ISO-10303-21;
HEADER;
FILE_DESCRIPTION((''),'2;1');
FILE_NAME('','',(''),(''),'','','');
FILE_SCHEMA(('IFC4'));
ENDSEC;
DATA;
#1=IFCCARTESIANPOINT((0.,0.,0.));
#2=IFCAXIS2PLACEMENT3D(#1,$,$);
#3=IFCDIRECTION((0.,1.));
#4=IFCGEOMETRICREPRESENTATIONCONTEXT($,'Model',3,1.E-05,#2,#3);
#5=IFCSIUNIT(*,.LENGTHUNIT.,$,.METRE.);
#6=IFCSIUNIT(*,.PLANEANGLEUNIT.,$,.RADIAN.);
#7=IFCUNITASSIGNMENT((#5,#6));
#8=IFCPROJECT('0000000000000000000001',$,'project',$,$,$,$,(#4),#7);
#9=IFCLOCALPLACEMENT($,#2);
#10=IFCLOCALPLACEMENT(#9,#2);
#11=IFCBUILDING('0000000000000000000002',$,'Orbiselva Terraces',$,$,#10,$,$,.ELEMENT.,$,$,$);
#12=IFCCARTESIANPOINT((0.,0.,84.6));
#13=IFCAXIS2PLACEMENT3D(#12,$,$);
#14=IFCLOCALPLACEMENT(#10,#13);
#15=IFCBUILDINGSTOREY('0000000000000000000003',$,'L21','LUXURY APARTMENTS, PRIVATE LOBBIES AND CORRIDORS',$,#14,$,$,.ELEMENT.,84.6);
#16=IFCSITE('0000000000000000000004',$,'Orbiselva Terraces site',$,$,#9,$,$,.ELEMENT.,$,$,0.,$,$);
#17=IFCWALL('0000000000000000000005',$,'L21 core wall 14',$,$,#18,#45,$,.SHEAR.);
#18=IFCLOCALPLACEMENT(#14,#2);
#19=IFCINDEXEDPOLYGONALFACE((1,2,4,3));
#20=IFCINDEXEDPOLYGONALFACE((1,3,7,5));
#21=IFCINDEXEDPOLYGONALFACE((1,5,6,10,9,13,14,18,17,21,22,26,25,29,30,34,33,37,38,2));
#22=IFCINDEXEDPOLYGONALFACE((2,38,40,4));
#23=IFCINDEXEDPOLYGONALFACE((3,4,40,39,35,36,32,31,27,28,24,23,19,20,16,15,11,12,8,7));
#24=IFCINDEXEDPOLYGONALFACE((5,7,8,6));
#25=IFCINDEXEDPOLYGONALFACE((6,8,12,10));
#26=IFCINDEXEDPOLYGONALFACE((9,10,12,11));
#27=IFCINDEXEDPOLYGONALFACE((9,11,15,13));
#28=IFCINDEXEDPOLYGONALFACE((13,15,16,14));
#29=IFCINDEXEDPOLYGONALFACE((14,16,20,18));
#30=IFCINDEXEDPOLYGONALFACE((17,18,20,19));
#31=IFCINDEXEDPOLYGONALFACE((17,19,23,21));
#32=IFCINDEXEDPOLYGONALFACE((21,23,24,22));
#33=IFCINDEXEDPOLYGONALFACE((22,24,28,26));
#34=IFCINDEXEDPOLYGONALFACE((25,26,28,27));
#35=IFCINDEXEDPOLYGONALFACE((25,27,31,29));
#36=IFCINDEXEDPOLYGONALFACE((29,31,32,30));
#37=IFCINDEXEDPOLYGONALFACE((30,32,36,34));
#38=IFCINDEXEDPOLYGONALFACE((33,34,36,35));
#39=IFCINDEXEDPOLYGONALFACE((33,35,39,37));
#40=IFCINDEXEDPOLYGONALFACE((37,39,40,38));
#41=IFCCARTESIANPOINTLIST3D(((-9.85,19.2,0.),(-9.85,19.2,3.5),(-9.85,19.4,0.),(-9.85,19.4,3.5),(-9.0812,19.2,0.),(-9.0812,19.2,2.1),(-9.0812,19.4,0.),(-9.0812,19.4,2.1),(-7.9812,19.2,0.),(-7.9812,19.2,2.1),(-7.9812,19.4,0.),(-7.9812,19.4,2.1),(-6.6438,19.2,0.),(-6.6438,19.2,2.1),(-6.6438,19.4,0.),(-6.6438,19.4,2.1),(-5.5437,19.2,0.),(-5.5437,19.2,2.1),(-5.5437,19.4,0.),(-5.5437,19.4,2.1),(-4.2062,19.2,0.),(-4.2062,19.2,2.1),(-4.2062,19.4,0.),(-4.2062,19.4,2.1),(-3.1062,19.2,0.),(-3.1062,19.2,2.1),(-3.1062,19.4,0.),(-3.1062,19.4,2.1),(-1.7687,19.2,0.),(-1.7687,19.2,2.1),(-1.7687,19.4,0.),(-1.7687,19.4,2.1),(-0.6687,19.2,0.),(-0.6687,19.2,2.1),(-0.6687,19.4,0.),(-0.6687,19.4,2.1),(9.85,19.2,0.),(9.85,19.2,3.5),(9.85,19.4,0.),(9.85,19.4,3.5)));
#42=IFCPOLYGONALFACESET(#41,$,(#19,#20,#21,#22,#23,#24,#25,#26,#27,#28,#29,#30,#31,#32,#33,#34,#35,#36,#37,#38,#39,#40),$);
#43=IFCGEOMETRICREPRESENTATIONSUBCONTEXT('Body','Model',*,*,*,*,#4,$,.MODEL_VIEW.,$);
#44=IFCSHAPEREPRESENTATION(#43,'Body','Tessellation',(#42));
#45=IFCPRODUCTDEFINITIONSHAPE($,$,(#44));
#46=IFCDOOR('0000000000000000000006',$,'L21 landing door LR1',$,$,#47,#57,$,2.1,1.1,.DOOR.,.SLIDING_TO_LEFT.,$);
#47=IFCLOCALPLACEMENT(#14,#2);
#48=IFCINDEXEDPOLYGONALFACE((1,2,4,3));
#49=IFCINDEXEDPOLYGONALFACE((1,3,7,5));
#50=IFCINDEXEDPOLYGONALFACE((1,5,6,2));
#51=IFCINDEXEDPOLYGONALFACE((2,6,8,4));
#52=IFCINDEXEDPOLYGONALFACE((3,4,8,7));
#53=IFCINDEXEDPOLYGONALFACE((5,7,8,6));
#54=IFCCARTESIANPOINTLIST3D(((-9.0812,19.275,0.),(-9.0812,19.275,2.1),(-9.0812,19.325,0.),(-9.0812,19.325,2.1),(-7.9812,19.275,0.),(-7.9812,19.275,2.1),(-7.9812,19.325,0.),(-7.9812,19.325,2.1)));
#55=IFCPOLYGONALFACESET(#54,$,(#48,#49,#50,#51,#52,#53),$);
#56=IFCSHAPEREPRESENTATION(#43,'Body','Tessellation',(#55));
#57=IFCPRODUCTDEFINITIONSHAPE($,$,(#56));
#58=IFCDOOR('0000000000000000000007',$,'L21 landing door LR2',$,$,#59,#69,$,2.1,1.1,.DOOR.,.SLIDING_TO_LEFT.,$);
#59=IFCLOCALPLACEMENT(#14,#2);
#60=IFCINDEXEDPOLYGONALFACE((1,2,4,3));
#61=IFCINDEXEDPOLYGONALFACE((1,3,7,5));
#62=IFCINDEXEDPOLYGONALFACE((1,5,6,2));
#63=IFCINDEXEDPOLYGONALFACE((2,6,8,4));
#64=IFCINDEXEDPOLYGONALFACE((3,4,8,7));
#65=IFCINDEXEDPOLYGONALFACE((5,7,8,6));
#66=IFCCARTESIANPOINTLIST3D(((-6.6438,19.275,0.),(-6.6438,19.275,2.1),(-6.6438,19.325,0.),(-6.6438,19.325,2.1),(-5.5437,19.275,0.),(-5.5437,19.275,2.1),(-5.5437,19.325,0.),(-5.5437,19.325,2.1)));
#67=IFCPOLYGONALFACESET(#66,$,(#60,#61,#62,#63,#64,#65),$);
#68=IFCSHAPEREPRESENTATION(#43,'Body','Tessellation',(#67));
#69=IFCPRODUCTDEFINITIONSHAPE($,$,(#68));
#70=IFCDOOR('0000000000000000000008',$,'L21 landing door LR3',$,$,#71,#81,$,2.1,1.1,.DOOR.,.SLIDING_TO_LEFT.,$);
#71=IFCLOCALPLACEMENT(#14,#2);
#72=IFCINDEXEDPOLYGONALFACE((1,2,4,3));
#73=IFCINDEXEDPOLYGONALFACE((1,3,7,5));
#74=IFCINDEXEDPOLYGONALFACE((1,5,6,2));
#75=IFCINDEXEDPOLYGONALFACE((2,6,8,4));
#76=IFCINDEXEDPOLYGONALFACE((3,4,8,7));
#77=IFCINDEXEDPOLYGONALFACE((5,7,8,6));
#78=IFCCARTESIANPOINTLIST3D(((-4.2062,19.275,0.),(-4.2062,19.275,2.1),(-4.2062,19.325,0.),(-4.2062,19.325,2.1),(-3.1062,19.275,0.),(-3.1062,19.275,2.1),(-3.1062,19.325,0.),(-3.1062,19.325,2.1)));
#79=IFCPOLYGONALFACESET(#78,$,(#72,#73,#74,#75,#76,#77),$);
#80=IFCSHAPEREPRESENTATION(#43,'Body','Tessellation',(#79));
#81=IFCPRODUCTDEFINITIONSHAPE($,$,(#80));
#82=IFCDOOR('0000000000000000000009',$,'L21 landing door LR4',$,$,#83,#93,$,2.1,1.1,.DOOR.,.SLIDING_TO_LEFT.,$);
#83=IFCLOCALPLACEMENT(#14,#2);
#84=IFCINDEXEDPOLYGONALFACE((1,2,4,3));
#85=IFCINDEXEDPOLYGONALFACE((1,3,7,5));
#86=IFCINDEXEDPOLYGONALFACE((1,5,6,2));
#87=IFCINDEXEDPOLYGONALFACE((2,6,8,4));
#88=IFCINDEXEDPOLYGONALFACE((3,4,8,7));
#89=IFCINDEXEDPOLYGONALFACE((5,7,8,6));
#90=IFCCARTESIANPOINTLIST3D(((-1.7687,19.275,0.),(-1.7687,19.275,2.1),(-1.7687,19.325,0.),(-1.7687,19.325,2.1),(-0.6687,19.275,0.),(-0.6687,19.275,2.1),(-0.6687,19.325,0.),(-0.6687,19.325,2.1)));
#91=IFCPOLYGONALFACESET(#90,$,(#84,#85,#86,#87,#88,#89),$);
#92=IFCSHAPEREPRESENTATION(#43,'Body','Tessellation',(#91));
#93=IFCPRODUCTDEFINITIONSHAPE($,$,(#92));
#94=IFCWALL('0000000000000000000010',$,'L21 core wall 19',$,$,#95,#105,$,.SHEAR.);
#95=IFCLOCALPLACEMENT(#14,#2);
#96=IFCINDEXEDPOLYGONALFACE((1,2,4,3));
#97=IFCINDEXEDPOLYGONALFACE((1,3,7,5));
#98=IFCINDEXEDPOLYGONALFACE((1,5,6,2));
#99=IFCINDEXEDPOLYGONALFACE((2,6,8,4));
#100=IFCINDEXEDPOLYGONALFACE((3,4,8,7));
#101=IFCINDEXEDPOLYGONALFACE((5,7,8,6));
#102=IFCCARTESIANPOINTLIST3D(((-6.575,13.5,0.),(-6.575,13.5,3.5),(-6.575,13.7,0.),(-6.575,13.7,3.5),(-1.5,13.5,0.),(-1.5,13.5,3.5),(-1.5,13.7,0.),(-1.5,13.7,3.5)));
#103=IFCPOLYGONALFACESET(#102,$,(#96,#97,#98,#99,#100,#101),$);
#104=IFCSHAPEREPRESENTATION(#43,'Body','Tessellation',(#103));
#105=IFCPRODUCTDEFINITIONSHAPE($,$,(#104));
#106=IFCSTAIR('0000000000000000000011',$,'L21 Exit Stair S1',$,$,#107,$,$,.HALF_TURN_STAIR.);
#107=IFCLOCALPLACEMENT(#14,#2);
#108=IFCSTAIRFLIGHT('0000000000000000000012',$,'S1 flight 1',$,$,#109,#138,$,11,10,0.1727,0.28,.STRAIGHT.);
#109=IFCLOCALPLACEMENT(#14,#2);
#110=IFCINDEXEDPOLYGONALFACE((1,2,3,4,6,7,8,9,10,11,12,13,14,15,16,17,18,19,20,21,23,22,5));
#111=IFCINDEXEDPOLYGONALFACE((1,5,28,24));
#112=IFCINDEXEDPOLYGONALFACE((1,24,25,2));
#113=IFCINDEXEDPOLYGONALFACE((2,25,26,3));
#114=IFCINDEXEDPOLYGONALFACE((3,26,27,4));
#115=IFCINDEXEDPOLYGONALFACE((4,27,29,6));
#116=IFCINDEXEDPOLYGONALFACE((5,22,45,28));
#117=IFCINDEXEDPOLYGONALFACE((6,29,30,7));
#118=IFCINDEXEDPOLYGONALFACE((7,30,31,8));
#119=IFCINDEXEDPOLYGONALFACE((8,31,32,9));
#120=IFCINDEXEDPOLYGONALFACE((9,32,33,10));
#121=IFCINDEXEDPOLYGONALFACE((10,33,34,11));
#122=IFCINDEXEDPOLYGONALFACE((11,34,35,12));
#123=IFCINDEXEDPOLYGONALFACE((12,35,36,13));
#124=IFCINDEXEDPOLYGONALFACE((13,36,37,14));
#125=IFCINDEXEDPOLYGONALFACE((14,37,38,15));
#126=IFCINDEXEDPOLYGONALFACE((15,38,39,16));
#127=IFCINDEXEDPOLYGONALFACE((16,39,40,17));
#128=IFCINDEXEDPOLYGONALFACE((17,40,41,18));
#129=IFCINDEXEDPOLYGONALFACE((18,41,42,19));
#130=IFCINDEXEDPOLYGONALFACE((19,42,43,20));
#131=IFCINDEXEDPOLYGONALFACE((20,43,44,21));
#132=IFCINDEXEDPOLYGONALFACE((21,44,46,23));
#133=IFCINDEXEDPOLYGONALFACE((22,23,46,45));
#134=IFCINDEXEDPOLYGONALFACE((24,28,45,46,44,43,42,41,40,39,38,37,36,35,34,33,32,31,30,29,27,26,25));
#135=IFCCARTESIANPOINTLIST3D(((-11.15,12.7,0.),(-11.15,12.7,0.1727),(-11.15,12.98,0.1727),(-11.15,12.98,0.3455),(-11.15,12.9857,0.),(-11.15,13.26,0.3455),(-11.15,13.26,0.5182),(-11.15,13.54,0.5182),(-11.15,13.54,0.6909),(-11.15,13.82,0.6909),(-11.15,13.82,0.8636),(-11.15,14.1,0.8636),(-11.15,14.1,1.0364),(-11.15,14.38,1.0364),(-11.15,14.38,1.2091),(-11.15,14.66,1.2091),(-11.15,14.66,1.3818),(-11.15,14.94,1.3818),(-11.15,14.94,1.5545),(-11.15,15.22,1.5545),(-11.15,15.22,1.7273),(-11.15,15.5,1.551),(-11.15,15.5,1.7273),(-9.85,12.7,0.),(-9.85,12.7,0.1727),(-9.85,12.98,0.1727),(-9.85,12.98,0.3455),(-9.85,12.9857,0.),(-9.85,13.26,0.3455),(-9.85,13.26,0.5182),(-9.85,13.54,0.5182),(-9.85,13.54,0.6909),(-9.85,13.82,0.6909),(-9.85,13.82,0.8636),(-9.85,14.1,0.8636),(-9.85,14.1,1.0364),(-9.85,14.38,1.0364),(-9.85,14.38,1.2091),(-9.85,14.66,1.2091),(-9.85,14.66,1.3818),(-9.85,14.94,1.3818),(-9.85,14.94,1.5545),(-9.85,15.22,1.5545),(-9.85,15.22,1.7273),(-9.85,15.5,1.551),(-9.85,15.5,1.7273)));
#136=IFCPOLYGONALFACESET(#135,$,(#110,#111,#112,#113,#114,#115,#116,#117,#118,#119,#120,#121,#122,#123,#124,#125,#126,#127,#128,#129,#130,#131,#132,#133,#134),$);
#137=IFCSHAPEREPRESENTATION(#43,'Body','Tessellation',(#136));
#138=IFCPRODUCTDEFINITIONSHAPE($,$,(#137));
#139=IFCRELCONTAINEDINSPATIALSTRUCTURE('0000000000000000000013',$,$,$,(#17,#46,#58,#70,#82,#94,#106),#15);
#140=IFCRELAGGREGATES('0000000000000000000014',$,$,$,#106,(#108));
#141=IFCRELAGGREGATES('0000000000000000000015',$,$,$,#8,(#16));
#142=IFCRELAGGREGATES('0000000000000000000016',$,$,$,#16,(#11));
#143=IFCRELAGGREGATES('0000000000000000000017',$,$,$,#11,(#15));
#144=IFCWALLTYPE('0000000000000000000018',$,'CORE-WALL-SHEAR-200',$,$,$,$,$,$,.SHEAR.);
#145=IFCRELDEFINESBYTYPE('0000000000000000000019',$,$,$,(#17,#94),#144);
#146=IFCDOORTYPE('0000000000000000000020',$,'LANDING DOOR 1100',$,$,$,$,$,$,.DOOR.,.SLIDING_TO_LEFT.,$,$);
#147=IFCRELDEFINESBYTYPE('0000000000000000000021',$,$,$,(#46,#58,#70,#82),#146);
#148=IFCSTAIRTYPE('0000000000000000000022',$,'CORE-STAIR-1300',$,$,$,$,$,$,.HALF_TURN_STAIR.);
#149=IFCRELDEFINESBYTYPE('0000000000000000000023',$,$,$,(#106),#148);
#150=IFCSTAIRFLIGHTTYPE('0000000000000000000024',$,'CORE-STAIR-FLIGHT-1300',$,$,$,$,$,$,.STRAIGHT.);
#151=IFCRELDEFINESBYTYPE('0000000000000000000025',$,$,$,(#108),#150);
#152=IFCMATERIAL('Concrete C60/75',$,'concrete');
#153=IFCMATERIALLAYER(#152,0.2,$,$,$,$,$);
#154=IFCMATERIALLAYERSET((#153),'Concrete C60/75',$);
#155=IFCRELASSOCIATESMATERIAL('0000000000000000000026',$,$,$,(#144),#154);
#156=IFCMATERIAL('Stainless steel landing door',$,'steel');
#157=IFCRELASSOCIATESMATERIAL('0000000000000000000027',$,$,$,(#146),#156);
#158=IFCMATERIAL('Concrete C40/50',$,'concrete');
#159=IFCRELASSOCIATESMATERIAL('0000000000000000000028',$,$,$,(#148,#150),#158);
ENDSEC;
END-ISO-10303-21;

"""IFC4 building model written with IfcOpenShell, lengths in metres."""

from ifc_helpers import new_model, si_unit, direction, frame, frame_2d, origin, place, context, subcontext, project, spatial, polyline, rectangle, outline, extrude, material, layer, layer_set, type_object, element, fill, aggregate, save


model = new_model("IFC4")

# Units and contexts
model_context = context("Model", 3, precision=1e-05, world=origin(), true_north=direction((0.0, 1.0)))
body_context = subcontext(model_context, "Body", "Model", "MODEL_VIEW")
ifc_project = project(units=[si_unit("LENGTHUNIT", "METRE"), si_unit("PLANEANGLEUNIT", "RADIAN")], contexts=[model_context])

# Site, building, storey
site_placement = place(None, origin())
site = spatial("IfcSite", under=ifc_project, at=site_placement, Name="Orbiselva Terraces site", CompositionType="ELEMENT", RefElevation=0.0)
building_placement = place(site_placement, origin())
building = spatial("IfcBuilding", under=site, at=building_placement, Name="Orbiselva Terraces", CompositionType="ELEMENT")
storey_placement = place(building_placement, frame((0.0, 0.0, 84.6)))
storey = spatial("IfcBuildingStorey", under=building, at=storey_placement, Name="L21", Description="LUXURY APARTMENTS, PRIVATE LOBBIES AND CORRIDORS", CompositionType="ELEMENT", Elevation=84.6)

# Shared definitions
ifc_material_1 = material(Name="Concrete C40/50", Category="concrete")
ifc_material_2 = material(Name="Concrete C60/75", Category="concrete")
ifc_layer_1 = layer(ifc_material_2, 0.2)
ifc_layer_set_1 = layer_set([ifc_layer_1], Name="Concrete C60/75")
wall_type_1 = type_object("IfcWallType", Name="CORE-WALL-SHEAR-200", PredefinedType="SHEAR", material=ifc_layer_set_1)

# Wall, openings, doors
wall_1_placement = place(storey_placement, frame((-9.85, 19.3, 0.0), z_axis=(0.0, 0.0, 1.0), x_axis=(1.0, 0.0, 0.0)))
wall_1 = element("IfcWall", 1, at=wall_1_placement, inside=storey, type_object=wall_type_1, Name="L21 core wall 14", PredefinedType="SHEAR", context=body_context, shape_type="SweptSolid", body=[
    extrude(rectangle(XDim=19.7, YDim=0.2, at=frame_2d((9.85, 0.0))), origin(), (0.0, 0.0, 1.0), 3.5),
])
opening_1_placement = place(wall_1_placement, frame((0.7688, 0.0, 0.0)))
opening_1 = element("IfcOpeningElement", 2, at=opening_1_placement, cuts=wall_1, PredefinedType="OPENING", context=body_context, shape_type="SweptSolid", body=[
    extrude(rectangle(XDim=1.1, YDim=2.1, at=frame_2d((0.55, 1.05))), frame((0.0, 0.11, 0.0), z_axis=(0.0, -1.0, 0.0), x_axis=(1.0, 0.0, 0.0)), (0.0, 0.0, 1.0), 0.22),
])
opening_2_placement = place(wall_1_placement, frame((3.2062, 0.0, 0.0)))
opening_2 = element("IfcOpeningElement", 3, at=opening_2_placement, cuts=wall_1, PredefinedType="OPENING", context=body_context, shape_type="SweptSolid", body=[
    extrude(rectangle(XDim=1.1, YDim=2.1, at=frame_2d((0.55, 1.05))), frame((0.0, 0.11, 0.0), z_axis=(0.0, -1.0, 0.0), x_axis=(1.0, 0.0, 0.0)), (0.0, 0.0, 1.0), 0.22),
])
opening_3_placement = place(wall_1_placement, frame((5.6437, 0.0, 0.0)))
opening_3 = element("IfcOpeningElement", 4, at=opening_3_placement, cuts=wall_1, PredefinedType="OPENING", context=body_context, shape_type="SweptSolid", body=[
    extrude(rectangle(XDim=1.1, YDim=2.1, at=frame_2d((0.55, 1.05))), frame((0.0, 0.11, 0.0), z_axis=(0.0, -1.0, 0.0), x_axis=(1.0, 0.0, 0.0)), (0.0, 0.0, 1.0), 0.22),
])
opening_4_placement = place(wall_1_placement, frame((8.0813, 0.0, 0.0)))
opening_4 = element("IfcOpeningElement", 5, at=opening_4_placement, cuts=wall_1, PredefinedType="OPENING", context=body_context, shape_type="SweptSolid", body=[
    extrude(rectangle(XDim=1.1, YDim=2.1, at=frame_2d((0.55, 1.05))), frame((0.0, 0.11, 0.0), z_axis=(0.0, -1.0, 0.0), x_axis=(1.0, 0.0, 0.0)), (0.0, 0.0, 1.0), 0.22),
])
ifc_material_3 = material(Name="Stainless steel landing door", Category="steel")
door_type_1 = type_object("IfcDoorType", Name="LANDING DOOR 1100", OperationType="SLIDING_TO_LEFT", PredefinedType="DOOR", material=ifc_material_3)
door_1_placement = place(opening_1_placement, origin())
door_1 = element("IfcDoor", 6, at=door_1_placement, inside=storey, type_object=door_type_1, Name="L21 landing door LR1", OperationType="SLIDING_TO_LEFT", OverallHeight=2.1, OverallWidth=1.1, PredefinedType="DOOR", context=body_context, shape_type="SweptSolid", body=[
    extrude(rectangle(XDim=1.1, YDim=2.1, at=frame_2d((0.55, 1.05))), frame((0.0, 0.025, 0.0), z_axis=(0.0, -1.0, 0.0), x_axis=(1.0, 0.0, 0.0)), (0.0, 0.0, 1.0), 0.05),
])
fill(opening_1, door_1)
door_2_placement = place(opening_2_placement, origin())
door_2 = element("IfcDoor", 7, at=door_2_placement, inside=storey, type_object=door_type_1, Name="L21 landing door LR2", OperationType="SLIDING_TO_LEFT", OverallHeight=2.1, OverallWidth=1.1, PredefinedType="DOOR", context=body_context, shape_type="SweptSolid", body=[
    extrude(rectangle(XDim=1.1, YDim=2.1, at=frame_2d((0.55, 1.05))), frame((0.0, 0.025, 0.0), z_axis=(0.0, -1.0, 0.0), x_axis=(1.0, 0.0, 0.0)), (0.0, 0.0, 1.0), 0.05),
])
fill(opening_2, door_2)
door_3_placement = place(opening_3_placement, origin())
door_3 = element("IfcDoor", 8, at=door_3_placement, inside=storey, type_object=door_type_1, Name="L21 landing door LR3", OperationType="SLIDING_TO_LEFT", OverallHeight=2.1, OverallWidth=1.1, PredefinedType="DOOR", context=body_context, shape_type="SweptSolid", body=[
    extrude(rectangle(XDim=1.1, YDim=2.1, at=frame_2d((0.55, 1.05))), frame((0.0, 0.025, 0.0), z_axis=(0.0, -1.0, 0.0), x_axis=(1.0, 0.0, 0.0)), (0.0, 0.0, 1.0), 0.05),
])
fill(opening_3, door_3)
door_4_placement = place(opening_4_placement, origin())
door_4 = element("IfcDoor", 9, at=door_4_placement, inside=storey, type_object=door_type_1, Name="L21 landing door LR4", OperationType="SLIDING_TO_LEFT", OverallHeight=2.1, OverallWidth=1.1, PredefinedType="DOOR", context=body_context, shape_type="SweptSolid", body=[
    extrude(rectangle(XDim=1.1, YDim=2.1, at=frame_2d((0.55, 1.05))), frame((0.0, 0.025, 0.0), z_axis=(0.0, -1.0, 0.0), x_axis=(1.0, 0.0, 0.0)), (0.0, 0.0, 1.0), 0.05),
])
fill(opening_4, door_4)

# Wall
wall_2_placement = place(storey_placement, frame((-6.575, 13.6, 0.0), z_axis=(0.0, 0.0, 1.0), x_axis=(1.0, 0.0, 0.0)))
element("IfcWall", 10, at=wall_2_placement, inside=storey, type_object=wall_type_1, Name="L21 core wall 19", PredefinedType="SHEAR", context=body_context, shape_type="SweptSolid", body=[
    extrude(rectangle(XDim=5.075, YDim=0.2, at=frame_2d((2.5375, 0.0))), origin(), (0.0, 0.0, 1.0), 3.5),
])

# Stair, stair flight
stair_type = type_object("IfcStairType", Name="CORE-STAIR-1300", PredefinedType="HALF_TURN_STAIR", material=ifc_material_1)
stair_placement = place(storey_placement, origin())
stair = element("IfcStair", 11, at=stair_placement, inside=storey, type_object=stair_type, Name="L21 Exit Stair S1", PredefinedType="HALF_TURN_STAIR")
stair_flight_type = type_object("IfcStairFlightType", Name="CORE-STAIR-FLIGHT-1300", PredefinedType="STRAIGHT", material=ifc_material_1)
stair_flight_placement = place(storey_placement, frame((-10.5, 12.7, 0.0), z_axis=(0.0, 0.0, 1.0), x_axis=(0.0, 1.0, 0.0)))
stair_flight = element("IfcStairFlight", 12, at=stair_flight_placement, type_object=stair_flight_type, Name="S1 flight 1", NumberOfRisers=11, NumberOfTreads=10, PredefinedType="STRAIGHT", RiserHeight=0.1727, TreadLength=0.28, context=body_context, shape_type="SweptSolid", body=[
    extrude(outline(polyline([(0.0, 0.0), (0.0, 0.1727), (0.28, 0.1727), (0.28, 0.3455), (0.56, 0.3455), (0.56, 0.5182), (0.84, 0.5182), (0.84, 0.6909), (1.12, 0.6909), (1.12, 0.8636), (1.4, 0.8636), (1.4, 1.0364), (1.68, 1.0364), (1.68, 1.2091), (1.96, 1.2091), (1.96, 1.3818), (2.24, 1.3818), (2.24, 1.5545), (2.52, 1.5545), (2.52, 1.7273), (2.8, 1.7273), (2.8, 1.9), (2.8, 1.551), (0.2857, 0.0), (0.0, 0.0)])), frame((0.0, 0.65, 0.0), z_axis=(0.0, -1.0, 0.0), x_axis=(1.0, 0.0, 0.0)), (0.0, 0.0, 1.0), 1.3),
])
aggregate(stair, [stair_flight])

save(model, "model.ifc")
